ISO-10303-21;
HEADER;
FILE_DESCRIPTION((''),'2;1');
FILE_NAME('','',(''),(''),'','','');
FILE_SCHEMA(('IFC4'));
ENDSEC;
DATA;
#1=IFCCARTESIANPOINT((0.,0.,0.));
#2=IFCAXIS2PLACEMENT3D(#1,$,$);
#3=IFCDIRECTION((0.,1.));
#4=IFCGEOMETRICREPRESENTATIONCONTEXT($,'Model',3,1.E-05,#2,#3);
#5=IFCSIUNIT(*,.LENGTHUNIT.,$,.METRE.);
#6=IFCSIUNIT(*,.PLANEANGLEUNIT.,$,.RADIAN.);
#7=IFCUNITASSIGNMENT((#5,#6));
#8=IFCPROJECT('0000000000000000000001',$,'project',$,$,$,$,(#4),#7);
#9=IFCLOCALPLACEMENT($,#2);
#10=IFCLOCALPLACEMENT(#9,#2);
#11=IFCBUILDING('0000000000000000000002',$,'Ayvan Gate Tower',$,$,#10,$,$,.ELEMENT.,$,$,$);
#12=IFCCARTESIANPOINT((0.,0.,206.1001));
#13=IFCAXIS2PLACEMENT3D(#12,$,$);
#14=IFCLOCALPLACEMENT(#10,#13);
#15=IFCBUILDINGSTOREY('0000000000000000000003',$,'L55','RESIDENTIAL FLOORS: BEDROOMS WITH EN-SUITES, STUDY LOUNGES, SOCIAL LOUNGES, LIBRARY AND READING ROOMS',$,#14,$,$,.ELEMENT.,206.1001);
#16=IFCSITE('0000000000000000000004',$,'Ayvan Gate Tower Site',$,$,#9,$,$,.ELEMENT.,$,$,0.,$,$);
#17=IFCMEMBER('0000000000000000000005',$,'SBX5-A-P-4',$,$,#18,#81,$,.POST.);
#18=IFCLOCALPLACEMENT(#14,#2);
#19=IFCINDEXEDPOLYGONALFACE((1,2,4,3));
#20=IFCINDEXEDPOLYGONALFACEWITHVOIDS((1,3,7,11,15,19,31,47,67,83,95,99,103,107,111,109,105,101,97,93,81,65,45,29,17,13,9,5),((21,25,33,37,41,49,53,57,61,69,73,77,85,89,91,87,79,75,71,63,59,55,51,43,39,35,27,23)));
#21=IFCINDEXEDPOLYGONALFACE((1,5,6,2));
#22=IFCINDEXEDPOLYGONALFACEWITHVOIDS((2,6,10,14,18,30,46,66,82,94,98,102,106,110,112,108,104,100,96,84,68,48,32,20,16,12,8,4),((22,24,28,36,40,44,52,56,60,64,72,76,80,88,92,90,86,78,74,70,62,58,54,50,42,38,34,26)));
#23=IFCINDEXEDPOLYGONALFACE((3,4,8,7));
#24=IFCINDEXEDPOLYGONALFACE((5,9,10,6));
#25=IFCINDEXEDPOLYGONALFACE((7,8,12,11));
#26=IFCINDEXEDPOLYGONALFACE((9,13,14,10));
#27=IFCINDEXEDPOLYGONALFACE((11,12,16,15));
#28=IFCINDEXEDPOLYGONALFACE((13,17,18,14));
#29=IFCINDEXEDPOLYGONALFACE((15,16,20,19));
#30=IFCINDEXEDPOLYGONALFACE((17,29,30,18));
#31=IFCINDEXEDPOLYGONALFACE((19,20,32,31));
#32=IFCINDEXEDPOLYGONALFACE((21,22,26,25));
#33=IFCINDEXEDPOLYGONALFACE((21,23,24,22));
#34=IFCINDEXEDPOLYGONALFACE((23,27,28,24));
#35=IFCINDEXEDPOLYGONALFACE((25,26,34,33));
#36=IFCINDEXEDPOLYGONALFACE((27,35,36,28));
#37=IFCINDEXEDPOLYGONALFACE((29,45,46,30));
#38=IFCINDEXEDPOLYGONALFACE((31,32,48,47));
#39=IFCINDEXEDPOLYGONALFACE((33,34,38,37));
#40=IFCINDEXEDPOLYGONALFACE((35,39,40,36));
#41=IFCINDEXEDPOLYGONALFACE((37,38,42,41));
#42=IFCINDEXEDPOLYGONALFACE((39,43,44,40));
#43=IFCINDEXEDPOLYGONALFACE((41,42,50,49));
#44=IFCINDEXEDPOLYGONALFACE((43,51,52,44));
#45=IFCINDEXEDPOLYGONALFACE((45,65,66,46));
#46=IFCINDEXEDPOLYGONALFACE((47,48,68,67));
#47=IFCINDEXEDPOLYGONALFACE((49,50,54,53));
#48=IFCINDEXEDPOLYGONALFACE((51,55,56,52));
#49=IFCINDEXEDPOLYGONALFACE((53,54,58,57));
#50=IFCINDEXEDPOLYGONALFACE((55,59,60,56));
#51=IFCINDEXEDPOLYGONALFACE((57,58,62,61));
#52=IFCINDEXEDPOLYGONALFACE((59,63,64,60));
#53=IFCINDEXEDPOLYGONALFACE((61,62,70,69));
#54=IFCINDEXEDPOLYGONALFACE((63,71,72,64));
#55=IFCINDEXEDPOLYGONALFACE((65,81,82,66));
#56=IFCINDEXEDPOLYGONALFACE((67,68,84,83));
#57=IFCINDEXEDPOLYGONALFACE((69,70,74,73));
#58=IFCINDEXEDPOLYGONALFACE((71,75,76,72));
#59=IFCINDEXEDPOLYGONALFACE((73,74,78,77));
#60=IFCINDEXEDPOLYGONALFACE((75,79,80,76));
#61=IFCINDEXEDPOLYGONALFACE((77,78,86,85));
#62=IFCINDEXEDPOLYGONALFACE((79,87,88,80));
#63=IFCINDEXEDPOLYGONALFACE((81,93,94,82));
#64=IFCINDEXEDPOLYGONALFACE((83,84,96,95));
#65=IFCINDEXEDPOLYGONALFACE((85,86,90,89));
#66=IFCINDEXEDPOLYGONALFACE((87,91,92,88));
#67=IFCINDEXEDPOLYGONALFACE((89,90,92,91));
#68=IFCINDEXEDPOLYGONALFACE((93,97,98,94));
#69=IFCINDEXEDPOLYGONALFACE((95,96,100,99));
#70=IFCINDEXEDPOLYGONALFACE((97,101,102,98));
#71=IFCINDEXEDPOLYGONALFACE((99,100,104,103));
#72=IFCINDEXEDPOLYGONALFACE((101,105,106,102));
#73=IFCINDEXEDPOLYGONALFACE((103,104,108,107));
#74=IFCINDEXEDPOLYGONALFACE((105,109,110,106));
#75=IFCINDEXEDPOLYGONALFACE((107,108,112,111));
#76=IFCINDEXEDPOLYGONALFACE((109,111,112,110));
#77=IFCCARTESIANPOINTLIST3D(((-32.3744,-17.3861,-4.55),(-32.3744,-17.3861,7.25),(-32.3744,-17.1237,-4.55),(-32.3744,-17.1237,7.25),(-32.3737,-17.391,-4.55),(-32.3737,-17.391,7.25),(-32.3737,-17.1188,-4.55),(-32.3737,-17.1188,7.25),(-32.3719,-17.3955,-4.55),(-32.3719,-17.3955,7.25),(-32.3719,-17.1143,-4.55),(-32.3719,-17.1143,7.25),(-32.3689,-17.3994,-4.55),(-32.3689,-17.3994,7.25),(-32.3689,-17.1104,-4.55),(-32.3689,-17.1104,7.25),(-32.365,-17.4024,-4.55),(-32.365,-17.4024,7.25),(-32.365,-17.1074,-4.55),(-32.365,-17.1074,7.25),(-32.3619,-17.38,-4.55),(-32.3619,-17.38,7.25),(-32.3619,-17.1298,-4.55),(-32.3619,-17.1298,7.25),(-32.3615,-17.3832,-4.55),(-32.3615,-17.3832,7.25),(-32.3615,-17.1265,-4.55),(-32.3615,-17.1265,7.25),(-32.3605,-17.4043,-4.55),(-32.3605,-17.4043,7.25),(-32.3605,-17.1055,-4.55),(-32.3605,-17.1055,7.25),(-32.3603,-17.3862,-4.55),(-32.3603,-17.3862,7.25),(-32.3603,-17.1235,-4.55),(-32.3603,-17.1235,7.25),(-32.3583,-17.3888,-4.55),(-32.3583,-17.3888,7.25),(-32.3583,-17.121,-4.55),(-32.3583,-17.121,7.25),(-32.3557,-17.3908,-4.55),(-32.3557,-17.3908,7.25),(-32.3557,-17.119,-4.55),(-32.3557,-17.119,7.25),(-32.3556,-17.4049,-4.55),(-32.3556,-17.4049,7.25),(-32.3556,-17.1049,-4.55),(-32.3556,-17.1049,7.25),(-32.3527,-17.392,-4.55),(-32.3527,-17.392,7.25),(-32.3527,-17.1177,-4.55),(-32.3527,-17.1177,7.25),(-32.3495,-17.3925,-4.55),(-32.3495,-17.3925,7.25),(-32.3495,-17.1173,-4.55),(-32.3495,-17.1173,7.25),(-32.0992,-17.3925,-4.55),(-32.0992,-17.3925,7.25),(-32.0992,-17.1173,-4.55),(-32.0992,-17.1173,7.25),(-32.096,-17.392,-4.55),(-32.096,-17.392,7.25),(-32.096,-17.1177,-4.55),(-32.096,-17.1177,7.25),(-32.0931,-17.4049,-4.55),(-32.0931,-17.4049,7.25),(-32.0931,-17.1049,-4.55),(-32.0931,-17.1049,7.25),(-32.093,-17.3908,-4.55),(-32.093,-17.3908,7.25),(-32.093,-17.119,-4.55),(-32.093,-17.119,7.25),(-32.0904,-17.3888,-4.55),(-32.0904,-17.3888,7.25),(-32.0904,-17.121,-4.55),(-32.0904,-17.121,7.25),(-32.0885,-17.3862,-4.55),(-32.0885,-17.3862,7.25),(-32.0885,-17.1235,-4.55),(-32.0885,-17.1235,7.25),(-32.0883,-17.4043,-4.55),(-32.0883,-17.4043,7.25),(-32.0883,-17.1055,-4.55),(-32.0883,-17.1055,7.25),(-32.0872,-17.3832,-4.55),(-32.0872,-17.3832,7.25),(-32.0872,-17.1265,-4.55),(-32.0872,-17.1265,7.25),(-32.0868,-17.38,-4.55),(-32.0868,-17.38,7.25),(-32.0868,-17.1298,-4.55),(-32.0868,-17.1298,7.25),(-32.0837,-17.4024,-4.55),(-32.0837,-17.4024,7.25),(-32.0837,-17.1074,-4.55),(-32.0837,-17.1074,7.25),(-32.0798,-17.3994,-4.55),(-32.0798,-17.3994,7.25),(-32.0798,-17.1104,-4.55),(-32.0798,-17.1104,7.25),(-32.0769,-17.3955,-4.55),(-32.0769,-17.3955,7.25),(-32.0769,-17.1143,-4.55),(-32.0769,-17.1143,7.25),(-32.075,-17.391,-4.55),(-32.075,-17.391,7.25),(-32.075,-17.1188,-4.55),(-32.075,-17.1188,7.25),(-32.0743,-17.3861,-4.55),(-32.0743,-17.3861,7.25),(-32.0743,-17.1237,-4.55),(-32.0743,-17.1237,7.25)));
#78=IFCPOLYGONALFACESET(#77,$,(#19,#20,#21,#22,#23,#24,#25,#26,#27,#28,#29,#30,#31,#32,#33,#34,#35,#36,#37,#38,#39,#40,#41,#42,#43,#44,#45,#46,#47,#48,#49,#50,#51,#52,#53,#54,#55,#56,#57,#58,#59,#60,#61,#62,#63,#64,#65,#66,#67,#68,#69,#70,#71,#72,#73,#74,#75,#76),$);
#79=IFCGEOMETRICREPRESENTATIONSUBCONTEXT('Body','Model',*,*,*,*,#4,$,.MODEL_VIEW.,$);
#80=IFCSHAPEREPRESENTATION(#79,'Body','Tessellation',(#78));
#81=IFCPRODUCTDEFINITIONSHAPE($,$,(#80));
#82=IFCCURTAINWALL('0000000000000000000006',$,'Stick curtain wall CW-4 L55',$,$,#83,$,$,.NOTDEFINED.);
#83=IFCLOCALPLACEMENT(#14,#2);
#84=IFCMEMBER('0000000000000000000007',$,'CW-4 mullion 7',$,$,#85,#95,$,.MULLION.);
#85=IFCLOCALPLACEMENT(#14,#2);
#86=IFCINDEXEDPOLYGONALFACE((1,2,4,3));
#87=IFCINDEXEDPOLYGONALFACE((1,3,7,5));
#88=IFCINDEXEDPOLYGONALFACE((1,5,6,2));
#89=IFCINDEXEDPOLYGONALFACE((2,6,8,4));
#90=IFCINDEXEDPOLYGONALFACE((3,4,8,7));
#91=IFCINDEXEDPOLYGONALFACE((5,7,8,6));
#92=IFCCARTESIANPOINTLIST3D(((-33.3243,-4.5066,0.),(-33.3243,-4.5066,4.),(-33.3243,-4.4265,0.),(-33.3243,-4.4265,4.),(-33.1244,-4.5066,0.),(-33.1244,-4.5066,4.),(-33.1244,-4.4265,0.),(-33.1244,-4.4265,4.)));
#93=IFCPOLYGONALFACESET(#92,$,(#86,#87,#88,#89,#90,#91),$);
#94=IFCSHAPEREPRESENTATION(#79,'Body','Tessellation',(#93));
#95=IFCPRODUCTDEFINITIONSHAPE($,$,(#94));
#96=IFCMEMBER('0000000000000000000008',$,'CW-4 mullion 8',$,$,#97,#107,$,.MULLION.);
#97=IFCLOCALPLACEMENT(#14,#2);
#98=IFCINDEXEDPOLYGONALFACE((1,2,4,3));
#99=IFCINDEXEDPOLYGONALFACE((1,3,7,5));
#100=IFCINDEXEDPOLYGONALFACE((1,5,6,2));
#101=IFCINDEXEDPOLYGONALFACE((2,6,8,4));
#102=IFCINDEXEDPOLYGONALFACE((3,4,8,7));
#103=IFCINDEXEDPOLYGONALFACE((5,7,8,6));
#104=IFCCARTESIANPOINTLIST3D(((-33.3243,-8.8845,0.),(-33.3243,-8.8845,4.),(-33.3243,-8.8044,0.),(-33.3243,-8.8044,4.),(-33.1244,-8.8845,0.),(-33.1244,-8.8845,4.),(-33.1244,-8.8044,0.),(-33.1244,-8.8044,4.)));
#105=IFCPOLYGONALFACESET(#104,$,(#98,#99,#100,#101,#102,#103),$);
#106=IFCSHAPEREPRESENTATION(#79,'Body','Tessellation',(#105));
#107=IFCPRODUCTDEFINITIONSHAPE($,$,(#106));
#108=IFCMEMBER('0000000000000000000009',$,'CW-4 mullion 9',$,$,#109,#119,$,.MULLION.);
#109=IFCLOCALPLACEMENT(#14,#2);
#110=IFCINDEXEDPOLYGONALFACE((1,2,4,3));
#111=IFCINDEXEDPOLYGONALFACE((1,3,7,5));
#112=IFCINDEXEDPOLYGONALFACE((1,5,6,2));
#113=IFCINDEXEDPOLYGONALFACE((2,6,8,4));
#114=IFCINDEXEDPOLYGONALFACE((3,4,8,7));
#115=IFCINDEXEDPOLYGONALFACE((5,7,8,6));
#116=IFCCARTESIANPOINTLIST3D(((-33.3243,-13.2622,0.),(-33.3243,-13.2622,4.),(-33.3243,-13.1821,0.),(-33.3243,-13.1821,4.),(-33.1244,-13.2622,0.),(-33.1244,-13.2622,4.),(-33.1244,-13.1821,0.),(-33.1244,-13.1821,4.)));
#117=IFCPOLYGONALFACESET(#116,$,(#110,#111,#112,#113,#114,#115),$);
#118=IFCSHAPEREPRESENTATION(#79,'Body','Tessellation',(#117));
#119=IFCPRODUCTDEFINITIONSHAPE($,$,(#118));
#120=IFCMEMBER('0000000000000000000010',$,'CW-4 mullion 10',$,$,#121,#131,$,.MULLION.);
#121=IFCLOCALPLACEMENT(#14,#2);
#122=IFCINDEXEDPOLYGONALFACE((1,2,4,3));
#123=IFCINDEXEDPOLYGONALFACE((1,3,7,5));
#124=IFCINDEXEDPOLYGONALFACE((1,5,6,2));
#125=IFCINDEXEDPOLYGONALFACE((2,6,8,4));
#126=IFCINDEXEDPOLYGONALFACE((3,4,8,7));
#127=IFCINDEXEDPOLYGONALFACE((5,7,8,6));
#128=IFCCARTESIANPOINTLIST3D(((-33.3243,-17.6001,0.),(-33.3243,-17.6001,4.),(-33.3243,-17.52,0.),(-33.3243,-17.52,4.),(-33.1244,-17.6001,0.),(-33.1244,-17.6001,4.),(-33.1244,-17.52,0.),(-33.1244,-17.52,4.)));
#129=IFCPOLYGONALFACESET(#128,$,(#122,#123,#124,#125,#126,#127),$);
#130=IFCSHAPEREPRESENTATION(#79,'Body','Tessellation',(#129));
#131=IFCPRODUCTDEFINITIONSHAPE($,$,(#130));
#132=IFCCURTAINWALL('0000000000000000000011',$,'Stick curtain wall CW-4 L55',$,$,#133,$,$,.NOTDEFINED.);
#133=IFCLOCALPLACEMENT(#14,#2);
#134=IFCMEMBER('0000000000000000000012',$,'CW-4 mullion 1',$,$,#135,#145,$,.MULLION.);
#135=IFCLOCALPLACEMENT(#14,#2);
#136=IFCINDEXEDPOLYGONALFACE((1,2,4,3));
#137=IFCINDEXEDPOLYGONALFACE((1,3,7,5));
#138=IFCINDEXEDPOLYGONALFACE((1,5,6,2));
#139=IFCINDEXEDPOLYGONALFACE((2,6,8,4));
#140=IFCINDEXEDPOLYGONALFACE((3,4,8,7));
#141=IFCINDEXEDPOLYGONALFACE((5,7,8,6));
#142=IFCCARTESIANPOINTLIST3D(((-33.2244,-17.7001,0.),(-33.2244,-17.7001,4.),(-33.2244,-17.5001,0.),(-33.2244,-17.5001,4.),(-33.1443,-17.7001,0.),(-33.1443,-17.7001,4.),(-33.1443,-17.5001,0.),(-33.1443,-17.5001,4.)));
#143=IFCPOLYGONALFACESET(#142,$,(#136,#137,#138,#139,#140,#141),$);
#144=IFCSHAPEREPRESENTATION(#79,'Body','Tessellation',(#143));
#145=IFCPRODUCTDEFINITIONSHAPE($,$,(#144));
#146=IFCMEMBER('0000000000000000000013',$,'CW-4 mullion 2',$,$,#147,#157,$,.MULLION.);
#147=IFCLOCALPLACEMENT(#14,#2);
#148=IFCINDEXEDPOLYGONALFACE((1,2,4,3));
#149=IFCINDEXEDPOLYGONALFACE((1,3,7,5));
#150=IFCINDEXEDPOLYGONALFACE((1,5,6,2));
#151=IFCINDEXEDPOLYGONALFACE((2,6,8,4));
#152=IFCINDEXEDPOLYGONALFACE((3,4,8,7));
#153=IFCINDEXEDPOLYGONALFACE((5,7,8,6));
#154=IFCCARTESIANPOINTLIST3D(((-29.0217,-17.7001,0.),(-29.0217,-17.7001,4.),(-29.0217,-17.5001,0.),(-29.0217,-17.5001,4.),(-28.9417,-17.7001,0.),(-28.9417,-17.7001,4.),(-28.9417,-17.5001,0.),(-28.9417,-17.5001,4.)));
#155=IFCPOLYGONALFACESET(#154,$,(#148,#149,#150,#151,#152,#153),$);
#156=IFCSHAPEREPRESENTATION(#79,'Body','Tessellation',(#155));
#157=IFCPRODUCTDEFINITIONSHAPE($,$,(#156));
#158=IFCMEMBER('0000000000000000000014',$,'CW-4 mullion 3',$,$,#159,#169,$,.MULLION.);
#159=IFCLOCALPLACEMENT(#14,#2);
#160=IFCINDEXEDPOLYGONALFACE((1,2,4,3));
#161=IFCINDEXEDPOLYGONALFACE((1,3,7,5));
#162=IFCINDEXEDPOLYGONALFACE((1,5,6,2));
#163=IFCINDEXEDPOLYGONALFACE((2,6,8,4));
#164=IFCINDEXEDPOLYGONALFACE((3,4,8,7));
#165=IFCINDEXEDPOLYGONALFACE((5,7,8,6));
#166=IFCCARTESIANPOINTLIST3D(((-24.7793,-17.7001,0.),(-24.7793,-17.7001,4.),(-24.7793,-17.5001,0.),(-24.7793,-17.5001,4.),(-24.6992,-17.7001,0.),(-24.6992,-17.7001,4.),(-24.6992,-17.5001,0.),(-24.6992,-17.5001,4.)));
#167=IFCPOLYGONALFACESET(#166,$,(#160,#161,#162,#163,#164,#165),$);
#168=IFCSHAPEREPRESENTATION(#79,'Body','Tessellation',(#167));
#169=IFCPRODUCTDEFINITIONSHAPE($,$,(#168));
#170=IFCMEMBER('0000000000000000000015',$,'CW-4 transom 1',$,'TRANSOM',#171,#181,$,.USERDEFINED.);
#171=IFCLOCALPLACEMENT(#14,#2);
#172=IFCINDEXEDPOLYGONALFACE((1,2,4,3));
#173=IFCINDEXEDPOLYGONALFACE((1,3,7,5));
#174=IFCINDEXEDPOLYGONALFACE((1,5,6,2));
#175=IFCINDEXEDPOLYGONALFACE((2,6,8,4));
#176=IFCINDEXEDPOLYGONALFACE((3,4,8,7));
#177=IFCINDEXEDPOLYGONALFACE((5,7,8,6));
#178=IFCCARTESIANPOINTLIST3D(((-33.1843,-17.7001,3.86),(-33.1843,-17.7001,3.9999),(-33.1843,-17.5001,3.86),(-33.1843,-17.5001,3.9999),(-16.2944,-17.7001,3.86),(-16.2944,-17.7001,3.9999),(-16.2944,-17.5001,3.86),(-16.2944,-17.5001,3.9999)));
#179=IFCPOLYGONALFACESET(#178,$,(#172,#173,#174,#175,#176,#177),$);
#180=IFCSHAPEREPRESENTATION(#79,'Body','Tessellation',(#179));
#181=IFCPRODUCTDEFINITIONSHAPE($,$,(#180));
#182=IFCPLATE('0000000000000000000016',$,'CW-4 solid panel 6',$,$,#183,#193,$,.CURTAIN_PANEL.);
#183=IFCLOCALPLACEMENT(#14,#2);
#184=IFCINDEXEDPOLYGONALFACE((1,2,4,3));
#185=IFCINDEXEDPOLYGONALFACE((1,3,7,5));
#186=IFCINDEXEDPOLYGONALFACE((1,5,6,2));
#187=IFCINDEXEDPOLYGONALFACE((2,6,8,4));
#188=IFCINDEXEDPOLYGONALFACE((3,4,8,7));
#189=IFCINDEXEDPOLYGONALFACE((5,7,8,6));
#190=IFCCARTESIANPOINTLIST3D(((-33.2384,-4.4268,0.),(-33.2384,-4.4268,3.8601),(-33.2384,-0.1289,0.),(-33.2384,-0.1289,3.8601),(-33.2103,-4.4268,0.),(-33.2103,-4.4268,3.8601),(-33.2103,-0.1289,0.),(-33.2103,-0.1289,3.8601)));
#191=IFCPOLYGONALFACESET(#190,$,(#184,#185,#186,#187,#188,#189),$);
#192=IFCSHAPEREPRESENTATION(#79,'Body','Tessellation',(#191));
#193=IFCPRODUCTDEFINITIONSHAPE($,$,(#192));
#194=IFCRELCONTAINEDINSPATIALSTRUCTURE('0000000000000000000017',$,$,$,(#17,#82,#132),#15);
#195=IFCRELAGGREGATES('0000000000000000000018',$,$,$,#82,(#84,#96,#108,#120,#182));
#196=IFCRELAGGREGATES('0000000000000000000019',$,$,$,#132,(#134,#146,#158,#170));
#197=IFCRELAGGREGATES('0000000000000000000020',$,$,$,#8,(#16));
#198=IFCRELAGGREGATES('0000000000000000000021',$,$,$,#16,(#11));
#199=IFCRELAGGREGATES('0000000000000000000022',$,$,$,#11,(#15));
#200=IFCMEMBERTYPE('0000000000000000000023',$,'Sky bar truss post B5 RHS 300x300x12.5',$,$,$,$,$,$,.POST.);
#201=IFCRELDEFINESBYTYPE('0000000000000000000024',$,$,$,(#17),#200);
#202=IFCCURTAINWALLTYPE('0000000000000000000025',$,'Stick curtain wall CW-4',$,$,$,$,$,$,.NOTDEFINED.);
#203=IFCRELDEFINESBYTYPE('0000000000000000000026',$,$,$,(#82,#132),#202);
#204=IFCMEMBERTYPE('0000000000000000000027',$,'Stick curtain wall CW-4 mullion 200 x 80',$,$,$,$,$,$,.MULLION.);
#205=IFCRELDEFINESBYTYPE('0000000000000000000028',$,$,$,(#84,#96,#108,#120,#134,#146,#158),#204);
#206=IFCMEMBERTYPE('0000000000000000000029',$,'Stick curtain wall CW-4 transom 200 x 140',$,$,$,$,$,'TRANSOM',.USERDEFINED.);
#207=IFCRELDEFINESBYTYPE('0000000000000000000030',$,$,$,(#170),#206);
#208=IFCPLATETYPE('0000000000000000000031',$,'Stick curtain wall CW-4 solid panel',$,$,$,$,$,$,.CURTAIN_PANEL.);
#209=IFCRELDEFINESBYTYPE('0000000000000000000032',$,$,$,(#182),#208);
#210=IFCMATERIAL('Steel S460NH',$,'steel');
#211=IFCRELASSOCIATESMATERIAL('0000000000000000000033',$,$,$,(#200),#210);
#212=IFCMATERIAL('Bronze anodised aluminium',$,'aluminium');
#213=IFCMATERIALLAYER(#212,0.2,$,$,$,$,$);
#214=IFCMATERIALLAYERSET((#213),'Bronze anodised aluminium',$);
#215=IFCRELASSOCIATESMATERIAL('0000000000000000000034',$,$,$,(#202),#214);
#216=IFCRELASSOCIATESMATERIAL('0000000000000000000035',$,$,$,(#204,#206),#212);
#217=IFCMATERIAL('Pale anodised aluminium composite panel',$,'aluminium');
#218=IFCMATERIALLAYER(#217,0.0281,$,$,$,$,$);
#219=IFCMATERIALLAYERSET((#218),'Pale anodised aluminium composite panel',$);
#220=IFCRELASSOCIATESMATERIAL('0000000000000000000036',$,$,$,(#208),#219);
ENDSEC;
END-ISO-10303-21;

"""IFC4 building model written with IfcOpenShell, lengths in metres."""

from ifc_helpers import new_model, si_unit, direction, frame, origin, origin_2d, place, context, subcontext, project, spatial, rectangle, hollow_rectangle, extrude, material, layer, layer_set, material_profile, profile_set, type_object, element, aggregate, save


model = new_model("IFC4")

# Units and contexts
model_context = context("Model", 3, precision=1e-05, world=origin(), true_north=direction((0.0, 1.0)))
body_context = subcontext(model_context, "Body", "Model", "MODEL_VIEW")
ifc_project = project(units=[si_unit("LENGTHUNIT", "METRE"), si_unit("PLANEANGLEUNIT", "RADIAN")], contexts=[model_context])

# Site, building, storey
site_placement = place(None, origin())
site = spatial("IfcSite", under=ifc_project, at=site_placement, Name="Ayvan Gate Tower Site", CompositionType="ELEMENT", RefElevation=0.0)
building_placement = place(site_placement, origin())
building = spatial("IfcBuilding", under=site, at=building_placement, Name="Ayvan Gate Tower", CompositionType="ELEMENT")
storey_placement = place(building_placement, frame((0.0, 0.0, 206.1001)))
storey = spatial("IfcBuildingStorey", under=building, at=storey_placement, Name="L55", Description="RESIDENTIAL FLOORS: BEDROOMS WITH EN-SUITES, STUDY LOUNGES, SOCIAL LOUNGES, LIBRARY AND READING ROOMS", CompositionType="ELEMENT", Elevation=206.1001)

# Member
ifc_material_1 = material(Name="Steel S460NH", Category="steel")
ifc_material_profile_1 = material_profile(ifc_material_1, hollow_rectangle(XDim=0.3, YDim=0.3, WallThickness=0.0125, InnerFilletRadius=0.0125, OuterFilletRadius=0.0188, at=origin_2d()), Name="RHS 300x300x12.5")
ifc_profile_set_1 = profile_set([ifc_material_profile_1], Name="Steel S460NH")
member_type_1 = type_object("IfcMemberType", Name="Sky bar truss post B5 RHS 300x300x12.5", PredefinedType="POST", material=ifc_profile_set_1)
for number, where, z_axis, x_axis, name in (
    (1, (-32.2244, -17.2549, -4.55), (0.0, 0.0, 1.0), (1.0, 0.0, 0.0), "SBX5-A-P-4"),
):
    element("IfcMember", number, at=place(storey_placement, frame(where, z_axis=z_axis, x_axis=x_axis)), inside=storey, type_object=member_type_1, Name=name, PredefinedType="POST", context=body_context, shape_type="SweptSolid", body=[
        extrude(hollow_rectangle(XDim=0.3, YDim=0.3, WallThickness=0.0125, InnerFilletRadius=0.0125, OuterFilletRadius=0.0188, at=origin_2d()), origin(), (0.0, 0.0, 1.0), 11.8),
    ])

# Curtain walls, members
ifc_material_2 = material(Name="Bronze anodised aluminium", Category="aluminium")
ifc_layer_1 = layer(ifc_material_2, 0.2)
ifc_layer_set_1 = layer_set([ifc_layer_1], Name="Bronze anodised aluminium")
curtain_wall_type = type_object("IfcCurtainWallType", Name="Stick curtain wall CW-4", PredefinedType="NOTDEFINED", material=ifc_layer_set_1)
curtain_wall_1_placement = place(storey_placement, origin())
curtain_wall_1 = element("IfcCurtainWall", 2, at=curtain_wall_1_placement, inside=storey, type_object=curtain_wall_type, Name="Stick curtain wall CW-4 L55", PredefinedType="NOTDEFINED")
ifc_material_profile_2 = material_profile(ifc_material_2, rectangle(XDim=0.2, YDim=0.0801, at=origin_2d()), Name="Stick curtain wall CW-4 mullion 200 x 80")
ifc_profile_set_2 = profile_set([ifc_material_profile_2], Name="Bronze anodised aluminium")
member_type_2 = type_object("IfcMemberType", Name="Stick curtain wall CW-4 mullion 200 x 80", PredefinedType="MULLION", material=ifc_profile_set_2)
member_1_placement = place(storey_placement, frame((-33.2244, -4.4666, 0.0), z_axis=(0.0, 0.0, 1.0), x_axis=(-1.0, 0.0, 0.0)))
member_1 = element("IfcMember", 3, at=member_1_placement, type_object=member_type_2, Name="CW-4 mullion 7", PredefinedType="MULLION", context=body_context, shape_type="SweptSolid", body=[
    extrude(rectangle(XDim=0.2, YDim=0.0801, at=origin_2d()), origin(), (0.0, 0.0, 1.0), 4.0),
])
member_2_placement = place(storey_placement, frame((-33.2244, -8.8445, 0.0), z_axis=(0.0, 0.0, 1.0), x_axis=(-1.0, 0.0, 0.0)))
member_2 = element("IfcMember", 4, at=member_2_placement, type_object=member_type_2, Name="CW-4 mullion 8", PredefinedType="MULLION", context=body_context, shape_type="SweptSolid", body=[
    extrude(rectangle(XDim=0.2, YDim=0.0801, at=origin_2d()), origin(), (0.0, 0.0, 1.0), 4.0),
])
member_3_placement = place(storey_placement, frame((-33.2244, -13.2222, 0.0), z_axis=(0.0, 0.0, 1.0), x_axis=(-1.0, 0.0, 0.0)))
member_3 = element("IfcMember", 5, at=member_3_placement, type_object=member_type_2, Name="CW-4 mullion 9", PredefinedType="MULLION", context=body_context, shape_type="SweptSolid", body=[
    extrude(rectangle(XDim=0.2, YDim=0.0801, at=origin_2d()), origin(), (0.0, 0.0, 1.0), 4.0),
])
member_4_placement = place(storey_placement, frame((-33.2244, -17.5601, 0.0), z_axis=(0.0, 0.0, 1.0), x_axis=(-1.0, 0.0, 0.0)))
member_4 = element("IfcMember", 6, at=member_4_placement, type_object=member_type_2, Name="CW-4 mullion 10", PredefinedType="MULLION", context=body_context, shape_type="SweptSolid", body=[
    extrude(rectangle(XDim=0.2, YDim=0.0801, at=origin_2d()), origin(), (0.0, 0.0, 1.0), 4.0),
])
curtain_wall_2_placement = place(storey_placement, origin())
curtain_wall_2 = element("IfcCurtainWall", 7, at=curtain_wall_2_placement, inside=storey, type_object=curtain_wall_type, Name="Stick curtain wall CW-4 L55", PredefinedType="NOTDEFINED")
member_5_placement = place(storey_placement, frame((-33.1843, -17.6001, 0.0), z_axis=(0.0, 0.0, 1.0), x_axis=(0.0, -1.0, 0.0)))
member_5 = element("IfcMember", 8, at=member_5_placement, type_object=member_type_2, Name="CW-4 mullion 1", PredefinedType="MULLION", context=body_context, shape_type="SweptSolid", body=[
    extrude(rectangle(XDim=0.2, YDim=0.0801, at=origin_2d()), origin(), (0.0, 0.0, 1.0), 4.0),
])
member_6_placement = place(storey_placement, frame((-28.9817, -17.6001, 0.0), z_axis=(0.0, 0.0, 1.0), x_axis=(0.0, -1.0, 0.0)))
member_6 = element("IfcMember", 9, at=member_6_placement, type_object=member_type_2, Name="CW-4 mullion 2", PredefinedType="MULLION", context=body_context, shape_type="SweptSolid", body=[
    extrude(rectangle(XDim=0.2, YDim=0.0801, at=origin_2d()), origin(), (0.0, 0.0, 1.0), 4.0),
])
member_7_placement = place(storey_placement, frame((-24.7393, -17.6001, 0.0), z_axis=(0.0, 0.0, 1.0), x_axis=(0.0, -1.0, 0.0)))
member_7 = element("IfcMember", 10, at=member_7_placement, type_object=member_type_2, Name="CW-4 mullion 3", PredefinedType="MULLION", context=body_context, shape_type="SweptSolid", body=[
    extrude(rectangle(XDim=0.2, YDim=0.0801, at=origin_2d()), origin(), (0.0, 0.0, 1.0), 4.0),
])
ifc_material_profile_3 = material_profile(ifc_material_2, rectangle(XDim=0.2, YDim=0.1399, at=origin_2d()), Name="Stick curtain wall CW-4 transom 200 x 140")
ifc_profile_set_3 = profile_set([ifc_material_profile_3], Name="Bronze anodised aluminium")
member_type_3 = type_object("IfcMemberType", Name="Stick curtain wall CW-4 transom 200 x 140", ElementType="TRANSOM", PredefinedType="USERDEFINED", material=ifc_profile_set_3)
member_8_placement = place(storey_placement, frame((-33.1843, -17.6001, 3.9299), z_axis=(1.0, 0.0, 0.0), x_axis=(0.0, 1.0, 0.0)))
member_8 = element("IfcMember", 11, at=member_8_placement, type_object=member_type_3, Name="CW-4 transom 1", ObjectType="TRANSOM", PredefinedType="USERDEFINED", context=body_context, shape_type="SweptSolid", body=[
    extrude(rectangle(XDim=0.2, YDim=0.1399, at=origin_2d()), origin(), (0.0, 0.0, 1.0), 16.8899),
])

# Plate
ifc_material_3 = material(Name="Pale anodised aluminium composite panel", Category="aluminium")
ifc_layer_2 = layer(ifc_material_3, 0.0281)
ifc_layer_set_2 = layer_set([ifc_layer_2], Name="Pale anodised aluminium composite panel")
plate_type = type_object("IfcPlateType", Name="Stick curtain wall CW-4 solid panel", PredefinedType="CURTAIN_PANEL", material=ifc_layer_set_2)
plate_1_placement = place(storey_placement, frame((-33.2244, -2.2778, 0.0), z_axis=(0.0, 0.0, 1.0), x_axis=(0.0, -1.0, 0.0)))
plate_1 = element("IfcPlate", 12, at=plate_1_placement, type_object=plate_type, Name="CW-4 solid panel 6", PredefinedType="CURTAIN_PANEL", context=body_context, shape_type="SweptSolid", body=[
    extrude(rectangle(XDim=4.2979, YDim=0.0281, at=origin_2d()), origin(), (0.0, 0.0, 1.0), 3.8601),
])
aggregate(curtain_wall_1, [member_1, member_2, member_3, member_4, plate_1])
aggregate(curtain_wall_2, [member_5, member_6, member_7, member_8])

save(model, "model.ifc")
